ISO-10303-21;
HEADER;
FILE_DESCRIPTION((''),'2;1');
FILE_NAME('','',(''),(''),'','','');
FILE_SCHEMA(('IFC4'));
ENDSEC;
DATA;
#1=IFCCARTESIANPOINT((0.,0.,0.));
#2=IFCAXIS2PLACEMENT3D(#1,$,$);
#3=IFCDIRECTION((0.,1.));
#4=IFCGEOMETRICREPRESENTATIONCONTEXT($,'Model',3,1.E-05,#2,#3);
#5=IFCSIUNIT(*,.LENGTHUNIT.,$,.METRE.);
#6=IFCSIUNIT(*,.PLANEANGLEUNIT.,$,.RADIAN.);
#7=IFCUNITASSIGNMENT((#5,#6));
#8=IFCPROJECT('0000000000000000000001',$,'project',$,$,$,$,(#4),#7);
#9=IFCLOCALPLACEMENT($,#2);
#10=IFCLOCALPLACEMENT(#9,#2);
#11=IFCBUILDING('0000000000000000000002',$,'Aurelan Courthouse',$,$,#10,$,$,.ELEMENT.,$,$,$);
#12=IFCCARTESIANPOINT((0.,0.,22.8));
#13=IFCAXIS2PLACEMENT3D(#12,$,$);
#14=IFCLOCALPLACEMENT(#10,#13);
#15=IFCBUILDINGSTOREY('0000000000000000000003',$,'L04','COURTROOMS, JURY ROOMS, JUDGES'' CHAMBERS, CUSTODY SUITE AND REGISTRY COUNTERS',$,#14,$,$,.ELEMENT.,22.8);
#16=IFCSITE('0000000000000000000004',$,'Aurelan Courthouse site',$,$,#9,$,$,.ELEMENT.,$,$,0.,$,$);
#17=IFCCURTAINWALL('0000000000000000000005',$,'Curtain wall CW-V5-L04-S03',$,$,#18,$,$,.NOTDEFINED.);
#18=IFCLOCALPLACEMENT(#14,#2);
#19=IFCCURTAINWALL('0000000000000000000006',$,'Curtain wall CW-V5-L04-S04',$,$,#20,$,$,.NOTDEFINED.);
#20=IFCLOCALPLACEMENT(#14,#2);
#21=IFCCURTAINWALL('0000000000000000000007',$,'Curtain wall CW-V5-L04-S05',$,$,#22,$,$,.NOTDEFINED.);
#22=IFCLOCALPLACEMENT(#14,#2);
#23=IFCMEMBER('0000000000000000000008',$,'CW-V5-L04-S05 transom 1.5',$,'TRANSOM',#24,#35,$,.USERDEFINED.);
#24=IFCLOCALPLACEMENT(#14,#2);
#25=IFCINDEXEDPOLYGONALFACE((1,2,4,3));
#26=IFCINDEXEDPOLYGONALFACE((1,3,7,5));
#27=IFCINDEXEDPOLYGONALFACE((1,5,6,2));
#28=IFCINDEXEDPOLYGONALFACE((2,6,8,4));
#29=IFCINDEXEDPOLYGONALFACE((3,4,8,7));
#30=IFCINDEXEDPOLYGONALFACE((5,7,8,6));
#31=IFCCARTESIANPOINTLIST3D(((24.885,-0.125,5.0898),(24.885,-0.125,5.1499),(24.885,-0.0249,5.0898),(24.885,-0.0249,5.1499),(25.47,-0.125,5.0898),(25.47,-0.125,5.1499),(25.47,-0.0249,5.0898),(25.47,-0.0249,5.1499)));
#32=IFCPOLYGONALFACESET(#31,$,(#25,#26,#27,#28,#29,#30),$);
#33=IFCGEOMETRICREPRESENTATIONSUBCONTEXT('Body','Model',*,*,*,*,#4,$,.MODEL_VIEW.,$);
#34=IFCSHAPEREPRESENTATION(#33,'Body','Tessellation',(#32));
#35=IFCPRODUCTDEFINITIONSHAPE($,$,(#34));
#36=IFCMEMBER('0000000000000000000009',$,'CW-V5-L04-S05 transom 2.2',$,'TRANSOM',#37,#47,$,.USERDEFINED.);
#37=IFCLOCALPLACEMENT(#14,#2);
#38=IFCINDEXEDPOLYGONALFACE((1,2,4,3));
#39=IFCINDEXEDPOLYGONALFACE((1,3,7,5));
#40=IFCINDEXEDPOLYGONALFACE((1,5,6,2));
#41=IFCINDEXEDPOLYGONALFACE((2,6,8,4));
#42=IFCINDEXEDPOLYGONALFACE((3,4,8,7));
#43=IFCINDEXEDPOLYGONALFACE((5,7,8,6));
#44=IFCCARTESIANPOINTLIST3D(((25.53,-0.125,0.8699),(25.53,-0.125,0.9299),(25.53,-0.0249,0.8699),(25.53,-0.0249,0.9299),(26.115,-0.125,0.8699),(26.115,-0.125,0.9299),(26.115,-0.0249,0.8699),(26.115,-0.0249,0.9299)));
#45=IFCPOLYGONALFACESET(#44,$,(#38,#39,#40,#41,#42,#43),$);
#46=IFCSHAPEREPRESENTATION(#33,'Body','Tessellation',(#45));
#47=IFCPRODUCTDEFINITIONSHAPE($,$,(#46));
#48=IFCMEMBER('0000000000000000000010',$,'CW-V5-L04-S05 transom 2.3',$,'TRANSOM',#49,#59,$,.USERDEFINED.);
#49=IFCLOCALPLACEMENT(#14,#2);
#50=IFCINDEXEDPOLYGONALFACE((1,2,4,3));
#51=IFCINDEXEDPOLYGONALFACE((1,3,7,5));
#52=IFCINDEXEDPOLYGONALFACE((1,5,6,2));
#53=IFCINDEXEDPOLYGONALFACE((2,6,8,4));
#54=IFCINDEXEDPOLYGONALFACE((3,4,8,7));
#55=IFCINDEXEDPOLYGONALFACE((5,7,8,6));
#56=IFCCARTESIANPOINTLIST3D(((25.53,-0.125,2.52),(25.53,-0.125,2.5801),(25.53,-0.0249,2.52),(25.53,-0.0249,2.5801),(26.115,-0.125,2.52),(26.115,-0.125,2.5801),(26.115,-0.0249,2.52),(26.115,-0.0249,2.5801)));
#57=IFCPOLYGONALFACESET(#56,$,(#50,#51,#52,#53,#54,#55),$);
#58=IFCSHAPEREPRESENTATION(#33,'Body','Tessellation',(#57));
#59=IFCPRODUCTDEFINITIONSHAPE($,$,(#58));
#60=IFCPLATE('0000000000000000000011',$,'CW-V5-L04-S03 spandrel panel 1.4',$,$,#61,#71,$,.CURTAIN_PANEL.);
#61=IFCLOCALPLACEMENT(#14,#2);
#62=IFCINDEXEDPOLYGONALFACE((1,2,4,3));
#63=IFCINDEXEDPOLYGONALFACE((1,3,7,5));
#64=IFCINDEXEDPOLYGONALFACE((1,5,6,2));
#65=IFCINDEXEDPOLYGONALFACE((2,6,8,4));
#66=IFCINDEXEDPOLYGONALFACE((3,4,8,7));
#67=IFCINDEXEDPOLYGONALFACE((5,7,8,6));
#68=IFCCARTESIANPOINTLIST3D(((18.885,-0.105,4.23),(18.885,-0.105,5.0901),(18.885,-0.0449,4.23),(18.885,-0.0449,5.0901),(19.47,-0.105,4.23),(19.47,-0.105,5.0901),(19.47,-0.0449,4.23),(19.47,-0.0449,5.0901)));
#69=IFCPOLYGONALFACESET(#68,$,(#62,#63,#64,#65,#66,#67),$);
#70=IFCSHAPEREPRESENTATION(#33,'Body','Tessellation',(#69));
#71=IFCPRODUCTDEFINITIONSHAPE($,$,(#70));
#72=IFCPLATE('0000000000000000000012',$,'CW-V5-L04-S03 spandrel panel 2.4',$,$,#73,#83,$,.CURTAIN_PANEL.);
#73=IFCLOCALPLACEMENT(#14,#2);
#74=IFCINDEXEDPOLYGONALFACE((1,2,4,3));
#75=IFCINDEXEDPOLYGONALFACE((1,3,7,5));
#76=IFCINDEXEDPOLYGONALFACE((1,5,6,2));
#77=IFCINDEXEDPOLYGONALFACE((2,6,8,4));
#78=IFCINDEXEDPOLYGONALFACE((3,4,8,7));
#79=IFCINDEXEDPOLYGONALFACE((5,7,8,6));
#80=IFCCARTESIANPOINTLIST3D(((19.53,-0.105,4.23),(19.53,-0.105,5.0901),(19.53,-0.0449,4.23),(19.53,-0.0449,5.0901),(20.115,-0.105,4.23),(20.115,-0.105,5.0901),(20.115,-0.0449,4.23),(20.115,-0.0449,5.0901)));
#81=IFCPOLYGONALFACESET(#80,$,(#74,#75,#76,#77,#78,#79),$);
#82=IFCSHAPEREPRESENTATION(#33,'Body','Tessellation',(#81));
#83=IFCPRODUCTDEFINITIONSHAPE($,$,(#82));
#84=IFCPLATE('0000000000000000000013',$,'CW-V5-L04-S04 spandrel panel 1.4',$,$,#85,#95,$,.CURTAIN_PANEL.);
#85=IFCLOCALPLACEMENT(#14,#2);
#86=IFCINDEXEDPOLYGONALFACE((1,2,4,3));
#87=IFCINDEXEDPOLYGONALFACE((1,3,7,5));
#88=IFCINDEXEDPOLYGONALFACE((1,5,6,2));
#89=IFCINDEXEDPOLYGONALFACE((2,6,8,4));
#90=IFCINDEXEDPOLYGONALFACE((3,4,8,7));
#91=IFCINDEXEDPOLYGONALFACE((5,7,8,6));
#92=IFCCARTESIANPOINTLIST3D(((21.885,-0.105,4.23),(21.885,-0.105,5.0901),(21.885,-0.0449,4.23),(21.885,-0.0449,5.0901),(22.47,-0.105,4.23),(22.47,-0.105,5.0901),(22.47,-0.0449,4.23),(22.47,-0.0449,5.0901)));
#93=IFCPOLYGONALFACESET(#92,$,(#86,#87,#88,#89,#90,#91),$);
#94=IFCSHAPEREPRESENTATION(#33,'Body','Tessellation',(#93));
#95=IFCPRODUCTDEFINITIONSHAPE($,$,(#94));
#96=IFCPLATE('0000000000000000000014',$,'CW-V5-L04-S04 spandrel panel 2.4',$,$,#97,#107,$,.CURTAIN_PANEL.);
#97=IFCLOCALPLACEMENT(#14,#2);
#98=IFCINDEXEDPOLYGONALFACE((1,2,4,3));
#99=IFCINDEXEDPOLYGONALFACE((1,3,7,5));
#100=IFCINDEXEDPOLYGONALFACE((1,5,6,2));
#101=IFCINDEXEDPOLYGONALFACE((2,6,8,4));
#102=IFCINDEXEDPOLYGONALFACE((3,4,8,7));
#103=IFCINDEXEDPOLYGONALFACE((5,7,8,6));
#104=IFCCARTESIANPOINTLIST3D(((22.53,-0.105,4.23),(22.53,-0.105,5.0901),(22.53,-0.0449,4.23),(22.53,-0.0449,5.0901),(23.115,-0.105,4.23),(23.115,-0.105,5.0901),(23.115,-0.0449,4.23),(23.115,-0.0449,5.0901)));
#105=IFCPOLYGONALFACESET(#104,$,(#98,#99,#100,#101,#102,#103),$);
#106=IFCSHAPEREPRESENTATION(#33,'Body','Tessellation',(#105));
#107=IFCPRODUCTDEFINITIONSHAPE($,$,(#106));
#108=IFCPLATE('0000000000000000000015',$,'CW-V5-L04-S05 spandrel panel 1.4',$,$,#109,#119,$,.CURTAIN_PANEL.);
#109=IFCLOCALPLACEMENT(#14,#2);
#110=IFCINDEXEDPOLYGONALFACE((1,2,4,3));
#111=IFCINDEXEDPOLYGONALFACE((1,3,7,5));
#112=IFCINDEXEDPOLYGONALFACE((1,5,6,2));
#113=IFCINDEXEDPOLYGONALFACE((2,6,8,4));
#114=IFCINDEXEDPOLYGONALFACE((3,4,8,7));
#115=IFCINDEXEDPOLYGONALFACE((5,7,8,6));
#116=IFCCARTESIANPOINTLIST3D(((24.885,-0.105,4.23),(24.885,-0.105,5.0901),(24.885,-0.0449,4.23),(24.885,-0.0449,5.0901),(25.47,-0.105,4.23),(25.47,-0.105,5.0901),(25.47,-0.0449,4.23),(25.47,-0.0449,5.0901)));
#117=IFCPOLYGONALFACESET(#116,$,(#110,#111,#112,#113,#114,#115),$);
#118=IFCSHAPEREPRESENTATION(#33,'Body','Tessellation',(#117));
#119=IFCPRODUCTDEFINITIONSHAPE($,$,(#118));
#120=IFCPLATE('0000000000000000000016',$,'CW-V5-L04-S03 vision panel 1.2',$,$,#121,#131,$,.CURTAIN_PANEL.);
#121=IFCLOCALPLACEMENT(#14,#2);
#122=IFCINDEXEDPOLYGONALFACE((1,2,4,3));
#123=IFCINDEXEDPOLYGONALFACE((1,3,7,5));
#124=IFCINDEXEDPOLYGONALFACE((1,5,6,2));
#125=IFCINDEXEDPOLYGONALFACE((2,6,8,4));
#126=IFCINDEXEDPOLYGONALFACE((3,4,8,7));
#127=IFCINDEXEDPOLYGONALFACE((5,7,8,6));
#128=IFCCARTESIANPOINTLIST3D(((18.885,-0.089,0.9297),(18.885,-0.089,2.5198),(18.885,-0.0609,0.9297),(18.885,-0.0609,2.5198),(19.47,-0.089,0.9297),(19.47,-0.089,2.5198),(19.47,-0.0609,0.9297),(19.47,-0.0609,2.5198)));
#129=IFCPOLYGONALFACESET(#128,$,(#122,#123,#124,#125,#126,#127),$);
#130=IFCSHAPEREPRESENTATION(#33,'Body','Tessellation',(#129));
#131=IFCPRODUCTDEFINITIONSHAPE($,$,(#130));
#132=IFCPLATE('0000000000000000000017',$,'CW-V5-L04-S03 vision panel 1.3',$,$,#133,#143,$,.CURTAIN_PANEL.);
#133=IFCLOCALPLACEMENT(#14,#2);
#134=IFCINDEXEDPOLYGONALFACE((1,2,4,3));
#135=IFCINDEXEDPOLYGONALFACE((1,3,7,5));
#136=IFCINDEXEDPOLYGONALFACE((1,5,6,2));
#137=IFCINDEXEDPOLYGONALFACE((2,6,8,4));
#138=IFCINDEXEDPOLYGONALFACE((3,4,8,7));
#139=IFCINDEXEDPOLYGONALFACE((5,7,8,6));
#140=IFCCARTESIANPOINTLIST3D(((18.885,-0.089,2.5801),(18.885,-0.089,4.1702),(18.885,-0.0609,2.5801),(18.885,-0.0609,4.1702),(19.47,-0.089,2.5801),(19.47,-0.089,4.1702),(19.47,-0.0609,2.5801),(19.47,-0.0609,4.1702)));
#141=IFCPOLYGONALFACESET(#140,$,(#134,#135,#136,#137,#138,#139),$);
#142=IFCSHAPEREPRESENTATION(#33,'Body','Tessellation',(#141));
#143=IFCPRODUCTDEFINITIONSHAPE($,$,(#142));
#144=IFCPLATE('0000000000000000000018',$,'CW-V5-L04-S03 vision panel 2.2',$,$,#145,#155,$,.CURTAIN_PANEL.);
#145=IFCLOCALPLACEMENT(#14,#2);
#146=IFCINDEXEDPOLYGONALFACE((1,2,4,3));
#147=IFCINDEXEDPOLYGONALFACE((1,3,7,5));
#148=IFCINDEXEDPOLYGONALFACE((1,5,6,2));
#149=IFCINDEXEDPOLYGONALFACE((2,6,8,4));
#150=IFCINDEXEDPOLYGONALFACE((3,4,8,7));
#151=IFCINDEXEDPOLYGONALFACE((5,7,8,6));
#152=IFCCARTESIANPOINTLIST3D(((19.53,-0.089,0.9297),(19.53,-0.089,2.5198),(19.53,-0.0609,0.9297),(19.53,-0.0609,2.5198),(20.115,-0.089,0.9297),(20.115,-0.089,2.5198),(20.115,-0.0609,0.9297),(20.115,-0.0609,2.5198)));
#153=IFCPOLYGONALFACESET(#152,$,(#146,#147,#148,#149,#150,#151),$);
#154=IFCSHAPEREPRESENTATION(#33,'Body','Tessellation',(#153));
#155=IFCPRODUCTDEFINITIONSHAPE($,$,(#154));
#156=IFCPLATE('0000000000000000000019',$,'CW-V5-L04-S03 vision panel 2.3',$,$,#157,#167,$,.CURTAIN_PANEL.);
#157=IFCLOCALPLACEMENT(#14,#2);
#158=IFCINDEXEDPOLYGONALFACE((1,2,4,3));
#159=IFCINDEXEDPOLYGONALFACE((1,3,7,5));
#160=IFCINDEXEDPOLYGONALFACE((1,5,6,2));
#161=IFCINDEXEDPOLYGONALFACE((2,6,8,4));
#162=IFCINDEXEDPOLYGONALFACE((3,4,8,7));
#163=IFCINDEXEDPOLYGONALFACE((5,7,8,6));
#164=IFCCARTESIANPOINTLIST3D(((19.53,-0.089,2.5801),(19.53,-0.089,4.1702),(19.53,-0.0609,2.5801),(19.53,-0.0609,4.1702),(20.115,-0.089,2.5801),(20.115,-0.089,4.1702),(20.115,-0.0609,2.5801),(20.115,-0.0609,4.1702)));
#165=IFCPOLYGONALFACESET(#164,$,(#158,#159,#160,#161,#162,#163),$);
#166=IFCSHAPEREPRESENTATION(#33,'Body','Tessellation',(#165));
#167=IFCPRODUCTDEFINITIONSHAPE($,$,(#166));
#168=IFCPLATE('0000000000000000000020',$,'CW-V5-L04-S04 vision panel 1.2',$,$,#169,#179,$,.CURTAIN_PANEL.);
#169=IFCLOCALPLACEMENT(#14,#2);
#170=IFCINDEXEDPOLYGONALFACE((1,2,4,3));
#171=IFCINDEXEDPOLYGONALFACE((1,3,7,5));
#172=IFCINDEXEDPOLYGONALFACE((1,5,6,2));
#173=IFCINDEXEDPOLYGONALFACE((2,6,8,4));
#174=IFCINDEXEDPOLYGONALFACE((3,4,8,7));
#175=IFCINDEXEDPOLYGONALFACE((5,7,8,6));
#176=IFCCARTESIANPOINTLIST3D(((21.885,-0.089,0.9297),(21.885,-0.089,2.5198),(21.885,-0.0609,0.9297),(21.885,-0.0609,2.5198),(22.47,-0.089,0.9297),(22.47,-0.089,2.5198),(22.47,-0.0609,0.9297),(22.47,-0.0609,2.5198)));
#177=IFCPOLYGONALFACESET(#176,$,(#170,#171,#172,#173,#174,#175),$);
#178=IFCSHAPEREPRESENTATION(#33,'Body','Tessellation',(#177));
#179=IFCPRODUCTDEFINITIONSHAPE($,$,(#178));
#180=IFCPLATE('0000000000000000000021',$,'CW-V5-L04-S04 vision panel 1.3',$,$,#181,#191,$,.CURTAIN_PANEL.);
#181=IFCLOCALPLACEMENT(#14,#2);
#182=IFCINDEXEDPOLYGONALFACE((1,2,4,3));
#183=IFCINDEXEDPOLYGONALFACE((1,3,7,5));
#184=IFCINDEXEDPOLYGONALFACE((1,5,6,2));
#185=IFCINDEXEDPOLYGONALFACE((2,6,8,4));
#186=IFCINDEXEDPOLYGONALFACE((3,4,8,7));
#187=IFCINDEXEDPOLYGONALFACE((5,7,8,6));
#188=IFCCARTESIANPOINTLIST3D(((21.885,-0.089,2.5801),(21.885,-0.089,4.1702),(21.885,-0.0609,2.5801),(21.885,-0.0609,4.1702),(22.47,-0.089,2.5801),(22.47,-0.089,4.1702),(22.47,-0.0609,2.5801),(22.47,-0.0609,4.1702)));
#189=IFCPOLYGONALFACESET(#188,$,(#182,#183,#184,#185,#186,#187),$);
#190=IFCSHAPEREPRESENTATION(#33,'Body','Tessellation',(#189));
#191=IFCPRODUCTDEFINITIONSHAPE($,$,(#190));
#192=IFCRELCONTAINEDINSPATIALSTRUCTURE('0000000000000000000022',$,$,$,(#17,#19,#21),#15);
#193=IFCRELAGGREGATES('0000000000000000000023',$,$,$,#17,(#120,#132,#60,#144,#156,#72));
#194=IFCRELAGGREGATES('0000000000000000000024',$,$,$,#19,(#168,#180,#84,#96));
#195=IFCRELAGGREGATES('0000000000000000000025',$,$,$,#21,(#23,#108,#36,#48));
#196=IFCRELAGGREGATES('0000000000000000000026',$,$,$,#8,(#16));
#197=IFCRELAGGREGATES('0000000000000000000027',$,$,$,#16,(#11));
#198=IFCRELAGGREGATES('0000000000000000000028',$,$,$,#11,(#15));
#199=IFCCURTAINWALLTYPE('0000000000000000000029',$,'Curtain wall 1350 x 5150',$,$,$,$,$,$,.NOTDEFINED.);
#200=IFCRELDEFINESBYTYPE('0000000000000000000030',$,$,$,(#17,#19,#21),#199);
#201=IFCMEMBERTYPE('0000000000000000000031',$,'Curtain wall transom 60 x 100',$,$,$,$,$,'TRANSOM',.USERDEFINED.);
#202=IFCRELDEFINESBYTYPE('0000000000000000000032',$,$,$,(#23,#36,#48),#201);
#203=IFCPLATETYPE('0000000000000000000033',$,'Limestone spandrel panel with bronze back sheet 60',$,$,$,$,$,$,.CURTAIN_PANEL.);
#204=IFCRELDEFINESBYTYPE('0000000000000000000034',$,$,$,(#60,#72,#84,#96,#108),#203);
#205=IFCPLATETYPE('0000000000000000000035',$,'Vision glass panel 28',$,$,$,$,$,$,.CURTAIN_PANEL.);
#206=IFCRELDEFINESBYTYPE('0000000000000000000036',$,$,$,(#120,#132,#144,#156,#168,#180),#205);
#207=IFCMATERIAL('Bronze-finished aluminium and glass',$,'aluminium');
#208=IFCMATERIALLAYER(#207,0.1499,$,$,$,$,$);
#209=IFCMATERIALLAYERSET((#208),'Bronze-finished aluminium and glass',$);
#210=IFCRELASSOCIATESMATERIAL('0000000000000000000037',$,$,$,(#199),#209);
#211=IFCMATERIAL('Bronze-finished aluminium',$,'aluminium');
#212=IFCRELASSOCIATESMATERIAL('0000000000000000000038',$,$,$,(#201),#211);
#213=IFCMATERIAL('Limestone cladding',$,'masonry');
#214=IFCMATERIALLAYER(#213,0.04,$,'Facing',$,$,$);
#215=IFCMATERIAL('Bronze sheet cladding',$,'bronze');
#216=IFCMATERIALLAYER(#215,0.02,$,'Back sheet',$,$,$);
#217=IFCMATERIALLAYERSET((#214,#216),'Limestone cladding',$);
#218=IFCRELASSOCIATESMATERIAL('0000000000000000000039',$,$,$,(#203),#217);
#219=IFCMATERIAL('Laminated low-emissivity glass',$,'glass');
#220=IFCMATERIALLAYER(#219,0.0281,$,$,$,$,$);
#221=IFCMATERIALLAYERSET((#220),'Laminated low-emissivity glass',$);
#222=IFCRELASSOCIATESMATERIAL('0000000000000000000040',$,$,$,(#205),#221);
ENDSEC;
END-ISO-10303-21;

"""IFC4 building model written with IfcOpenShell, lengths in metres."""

from ifc_helpers import new_model, si_unit, direction, frame, origin, origin_2d, place, context, subcontext, project, spatial, rectangle, extrude, material, layer, layer_set, material_profile, profile_set, type_object, element, aggregate, save


model = new_model("IFC4")

# Units and contexts
model_context = context("Model", 3, precision=1e-05, world=origin(), true_north=direction((0.0, 1.0)))
body_context = subcontext(model_context, "Body", "Model", "MODEL_VIEW")
ifc_project = project(units=[si_unit("LENGTHUNIT", "METRE"), si_unit("PLANEANGLEUNIT", "RADIAN")], contexts=[model_context])

# Site, building, storey
site_placement = place(None, origin())
site = spatial("IfcSite", under=ifc_project, at=site_placement, Name="Aurelan Courthouse site", CompositionType="ELEMENT", RefElevation=0.0)
building_placement = place(site_placement, origin())
building = spatial("IfcBuilding", under=site, at=building_placement, Name="Aurelan Courthouse", CompositionType="ELEMENT")
storey_placement = place(building_placement, frame((0.0, 0.0, 22.8)))
storey = spatial("IfcBuildingStorey", under=building, at=storey_placement, Name="L04", Description="COURTROOMS, JURY ROOMS, JUDGES' CHAMBERS, CUSTODY SUITE AND REGISTRY COUNTERS", CompositionType="ELEMENT", Elevation=22.8)

# Curtain walls, members
ifc_material_1 = material(Name="Bronze-finished aluminium and glass", Category="aluminium")
ifc_layer_1 = layer(ifc_material_1, 0.1499)
ifc_layer_set_1 = layer_set([ifc_layer_1], Name="Bronze-finished aluminium and glass")
curtain_wall_type = type_object("IfcCurtainWallType", Name="Curtain wall 1350 x 5150", PredefinedType="NOTDEFINED", material=ifc_layer_set_1)
curtain_wall_1_placement = place(storey_placement, origin())
curtain_wall_1 = element("IfcCurtainWall", 1, at=curtain_wall_1_placement, inside=storey, type_object=curtain_wall_type, Name="Curtain wall CW-V5-L04-S03", PredefinedType="NOTDEFINED")
ifc_material_2 = material(Name="Bronze-finished aluminium", Category="aluminium")
ifc_material_profile = material_profile(ifc_material_2, rectangle(XDim=0.1001, YDim=0.0601, at=origin_2d()), Name="Bronze transom 60 x 100")
ifc_profile_set = profile_set([ifc_material_profile], Name="Bronze-finished aluminium")
member_type = type_object("IfcMemberType", Name="Curtain wall transom 60 x 100", ElementType="TRANSOM", PredefinedType="USERDEFINED", material=ifc_profile_set)
curtain_wall_2_placement = place(storey_placement, origin())
curtain_wall_2 = element("IfcCurtainWall", 2, at=curtain_wall_2_placement, inside=storey, type_object=curtain_wall_type, Name="Curtain wall CW-V5-L04-S04", PredefinedType="NOTDEFINED")
curtain_wall_3_placement = place(storey_placement, origin())
curtain_wall_3 = element("IfcCurtainWall", 3, at=curtain_wall_3_placement, inside=storey, type_object=curtain_wall_type, Name="Curtain wall CW-V5-L04-S05", PredefinedType="NOTDEFINED")
member_1_placement = place(storey_placement, frame((24.885, -0.075, 5.1199), z_axis=(1.0, 0.0, 0.0), x_axis=(0.0, 1.0, 0.0)))
member_1 = element("IfcMember", 4, at=member_1_placement, type_object=member_type, Name="CW-V5-L04-S05 transom 1.5", ObjectType="TRANSOM", PredefinedType="USERDEFINED", context=body_context, shape_type="SweptSolid", body=[
    extrude(rectangle(XDim=0.1001, YDim=0.0601, at=origin_2d()), origin(), (0.0, 0.0, 1.0), 0.585),
])
member_2_placement = place(storey_placement, frame((25.53, -0.075, 0.8999), z_axis=(1.0, 0.0, 0.0), x_axis=(0.0, 1.0, 0.0)))
member_2 = element("IfcMember", 5, at=member_2_placement, type_object=member_type, Name="CW-V5-L04-S05 transom 2.2", ObjectType="TRANSOM", PredefinedType="USERDEFINED", context=body_context, shape_type="SweptSolid", body=[
    extrude(rectangle(XDim=0.1001, YDim=0.0601, at=origin_2d()), origin(), (0.0, 0.0, 1.0), 0.585),
])
member_3_placement = place(storey_placement, frame((25.53, -0.075, 2.55), z_axis=(1.0, 0.0, 0.0), x_axis=(0.0, 1.0, 0.0)))
member_3 = element("IfcMember", 6, at=member_3_placement, type_object=member_type, Name="CW-V5-L04-S05 transom 2.3", ObjectType="TRANSOM", PredefinedType="USERDEFINED", context=body_context, shape_type="SweptSolid", body=[
    extrude(rectangle(XDim=0.1001, YDim=0.0601, at=origin_2d()), origin(), (0.0, 0.0, 1.0), 0.585),
])

# Plates
ifc_material_3 = material(Name="Limestone cladding", Category="masonry")
ifc_layer_2 = layer(ifc_material_3, 0.04, Name="Facing")
ifc_material_4 = material(Name="Bronze sheet cladding", Category="bronze")
ifc_layer_3 = layer(ifc_material_4, 0.02, Name="Back sheet")
ifc_layer_set_2 = layer_set([ifc_layer_2, ifc_layer_3], Name="Limestone cladding")
plate_type_1 = type_object("IfcPlateType", Name="Limestone spandrel panel with bronze back sheet 60", PredefinedType="CURTAIN_PANEL", material=ifc_layer_set_2)
plate_1_placement = place(storey_placement, frame((19.1775, -0.075, 4.23), z_axis=(0.0, 0.0, 1.0), x_axis=(1.0, 0.0, 0.0)))
plate_1 = element("IfcPlate", 7, at=plate_1_placement, type_object=plate_type_1, Name="CW-V5-L04-S03 spandrel panel 1.4", PredefinedType="CURTAIN_PANEL", context=body_context, shape_type="SweptSolid", body=[
    extrude(rectangle(XDim=0.585, YDim=0.0601, at=origin_2d()), origin(), (0.0, 0.0, 1.0), 0.8601),
])
plate_2_placement = place(storey_placement, frame((19.8225, -0.075, 4.23), z_axis=(0.0, 0.0, 1.0), x_axis=(1.0, 0.0, 0.0)))
plate_2 = element("IfcPlate", 8, at=plate_2_placement, type_object=plate_type_1, Name="CW-V5-L04-S03 spandrel panel 2.4", PredefinedType="CURTAIN_PANEL", context=body_context, shape_type="SweptSolid", body=[
    extrude(rectangle(XDim=0.585, YDim=0.0601, at=origin_2d()), origin(), (0.0, 0.0, 1.0), 0.8601),
])
plate_3_placement = place(storey_placement, frame((22.1775, -0.075, 4.23), z_axis=(0.0, 0.0, 1.0), x_axis=(1.0, 0.0, 0.0)))
plate_3 = element("IfcPlate", 9, at=plate_3_placement, type_object=plate_type_1, Name="CW-V5-L04-S04 spandrel panel 1.4", PredefinedType="CURTAIN_PANEL", context=body_context, shape_type="SweptSolid", body=[
    extrude(rectangle(XDim=0.585, YDim=0.0601, at=origin_2d()), origin(), (0.0, 0.0, 1.0), 0.8601),
])
plate_4_placement = place(storey_placement, frame((22.8225, -0.075, 4.23), z_axis=(0.0, 0.0, 1.0), x_axis=(1.0, 0.0, 0.0)))
plate_4 = element("IfcPlate", 10, at=plate_4_placement, type_object=plate_type_1, Name="CW-V5-L04-S04 spandrel panel 2.4", PredefinedType="CURTAIN_PANEL", context=body_context, shape_type="SweptSolid", body=[
    extrude(rectangle(XDim=0.585, YDim=0.0601, at=origin_2d()), origin(), (0.0, 0.0, 1.0), 0.8601),
])
plate_5_placement = place(storey_placement, frame((25.1775, -0.075, 4.23), z_axis=(0.0, 0.0, 1.0), x_axis=(1.0, 0.0, 0.0)))
plate_5 = element("IfcPlate", 11, at=plate_5_placement, type_object=plate_type_1, Name="CW-V5-L04-S05 spandrel panel 1.4", PredefinedType="CURTAIN_PANEL", context=body_context, shape_type="SweptSolid", body=[
    extrude(rectangle(XDim=0.585, YDim=0.0601, at=origin_2d()), origin(), (0.0, 0.0, 1.0), 0.8601),
])
ifc_material_5 = material(Name="Laminated low-emissivity glass", Category="glass")
ifc_layer_4 = layer(ifc_material_5, 0.0281)
ifc_layer_set_3 = layer_set([ifc_layer_4], Name="Laminated low-emissivity glass")
plate_type_2 = type_object("IfcPlateType", Name="Vision glass panel 28", PredefinedType="CURTAIN_PANEL", material=ifc_layer_set_3)
plate_6_placement = place(storey_placement, frame((19.1775, -0.075, 0.9297), z_axis=(0.0, 0.0, 1.0), x_axis=(1.0, 0.0, 0.0)))
plate_6 = element("IfcPlate", 12, at=plate_6_placement, type_object=plate_type_2, Name="CW-V5-L04-S03 vision panel 1.2", PredefinedType="CURTAIN_PANEL", context=body_context, shape_type="SweptSolid", body=[
    extrude(rectangle(XDim=0.585, YDim=0.0281, at=origin_2d()), origin(), (0.0, 0.0, 1.0), 1.5901),
])
plate_7_placement = place(storey_placement, frame((19.1775, -0.075, 2.5801), z_axis=(0.0, 0.0, 1.0), x_axis=(1.0, 0.0, 0.0)))
plate_7 = element("IfcPlate", 13, at=plate_7_placement, type_object=plate_type_2, Name="CW-V5-L04-S03 vision panel 1.3", PredefinedType="CURTAIN_PANEL", context=body_context, shape_type="SweptSolid", body=[
    extrude(rectangle(XDim=0.585, YDim=0.0281, at=origin_2d()), origin(), (0.0, 0.0, 1.0), 1.5901),
])
plate_8_placement = place(storey_placement, frame((19.8225, -0.075, 0.9297), z_axis=(0.0, 0.0, 1.0), x_axis=(1.0, 0.0, 0.0)))
plate_8 = element("IfcPlate", 14, at=plate_8_placement, type_object=plate_type_2, Name="CW-V5-L04-S03 vision panel 2.2", PredefinedType="CURTAIN_PANEL", context=body_context, shape_type="SweptSolid", body=[
    extrude(rectangle(XDim=0.585, YDim=0.0281, at=origin_2d()), origin(), (0.0, 0.0, 1.0), 1.5901),
])
plate_9_placement = place(storey_placement, frame((19.8225, -0.075, 2.5801), z_axis=(0.0, 0.0, 1.0), x_axis=(1.0, 0.0, 0.0)))
plate_9 = element("IfcPlate", 15, at=plate_9_placement, type_object=plate_type_2, Name="CW-V5-L04-S03 vision panel 2.3", PredefinedType="CURTAIN_PANEL", context=body_context, shape_type="SweptSolid", body=[
    extrude(rectangle(XDim=0.585, YDim=0.0281, at=origin_2d()), origin(), (0.0, 0.0, 1.0), 1.5901),
])
aggregate(curtain_wall_1, [plate_6, plate_7, plate_1, plate_8, plate_9, plate_2])
plate_10_placement = place(storey_placement, frame((22.1775, -0.075, 0.9297), z_axis=(0.0, 0.0, 1.0), x_axis=(1.0, 0.0, 0.0)))
plate_10 = element("IfcPlate", 16, at=plate_10_placement, type_object=plate_type_2, Name="CW-V5-L04-S04 vision panel 1.2", PredefinedType="CURTAIN_PANEL", context=body_context, shape_type="SweptSolid", body=[
    extrude(rectangle(XDim=0.585, YDim=0.0281, at=origin_2d()), origin(), (0.0, 0.0, 1.0), 1.5901),
])
plate_11_placement = place(storey_placement, frame((22.1775, -0.075, 2.5801), z_axis=(0.0, 0.0, 1.0), x_axis=(1.0, 0.0, 0.0)))
plate_11 = element("IfcPlate", 17, at=plate_11_placement, type_object=plate_type_2, Name="CW-V5-L04-S04 vision panel 1.3", PredefinedType="CURTAIN_PANEL", context=body_context, shape_type="SweptSolid", body=[
    extrude(rectangle(XDim=0.585, YDim=0.0281, at=origin_2d()), origin(), (0.0, 0.0, 1.0), 1.5901),
])
aggregate(curtain_wall_2, [plate_10, plate_11, plate_3, plate_4])
aggregate(curtain_wall_3, [member_1, plate_5, member_2, member_3])

save(model, "model.ifc")
